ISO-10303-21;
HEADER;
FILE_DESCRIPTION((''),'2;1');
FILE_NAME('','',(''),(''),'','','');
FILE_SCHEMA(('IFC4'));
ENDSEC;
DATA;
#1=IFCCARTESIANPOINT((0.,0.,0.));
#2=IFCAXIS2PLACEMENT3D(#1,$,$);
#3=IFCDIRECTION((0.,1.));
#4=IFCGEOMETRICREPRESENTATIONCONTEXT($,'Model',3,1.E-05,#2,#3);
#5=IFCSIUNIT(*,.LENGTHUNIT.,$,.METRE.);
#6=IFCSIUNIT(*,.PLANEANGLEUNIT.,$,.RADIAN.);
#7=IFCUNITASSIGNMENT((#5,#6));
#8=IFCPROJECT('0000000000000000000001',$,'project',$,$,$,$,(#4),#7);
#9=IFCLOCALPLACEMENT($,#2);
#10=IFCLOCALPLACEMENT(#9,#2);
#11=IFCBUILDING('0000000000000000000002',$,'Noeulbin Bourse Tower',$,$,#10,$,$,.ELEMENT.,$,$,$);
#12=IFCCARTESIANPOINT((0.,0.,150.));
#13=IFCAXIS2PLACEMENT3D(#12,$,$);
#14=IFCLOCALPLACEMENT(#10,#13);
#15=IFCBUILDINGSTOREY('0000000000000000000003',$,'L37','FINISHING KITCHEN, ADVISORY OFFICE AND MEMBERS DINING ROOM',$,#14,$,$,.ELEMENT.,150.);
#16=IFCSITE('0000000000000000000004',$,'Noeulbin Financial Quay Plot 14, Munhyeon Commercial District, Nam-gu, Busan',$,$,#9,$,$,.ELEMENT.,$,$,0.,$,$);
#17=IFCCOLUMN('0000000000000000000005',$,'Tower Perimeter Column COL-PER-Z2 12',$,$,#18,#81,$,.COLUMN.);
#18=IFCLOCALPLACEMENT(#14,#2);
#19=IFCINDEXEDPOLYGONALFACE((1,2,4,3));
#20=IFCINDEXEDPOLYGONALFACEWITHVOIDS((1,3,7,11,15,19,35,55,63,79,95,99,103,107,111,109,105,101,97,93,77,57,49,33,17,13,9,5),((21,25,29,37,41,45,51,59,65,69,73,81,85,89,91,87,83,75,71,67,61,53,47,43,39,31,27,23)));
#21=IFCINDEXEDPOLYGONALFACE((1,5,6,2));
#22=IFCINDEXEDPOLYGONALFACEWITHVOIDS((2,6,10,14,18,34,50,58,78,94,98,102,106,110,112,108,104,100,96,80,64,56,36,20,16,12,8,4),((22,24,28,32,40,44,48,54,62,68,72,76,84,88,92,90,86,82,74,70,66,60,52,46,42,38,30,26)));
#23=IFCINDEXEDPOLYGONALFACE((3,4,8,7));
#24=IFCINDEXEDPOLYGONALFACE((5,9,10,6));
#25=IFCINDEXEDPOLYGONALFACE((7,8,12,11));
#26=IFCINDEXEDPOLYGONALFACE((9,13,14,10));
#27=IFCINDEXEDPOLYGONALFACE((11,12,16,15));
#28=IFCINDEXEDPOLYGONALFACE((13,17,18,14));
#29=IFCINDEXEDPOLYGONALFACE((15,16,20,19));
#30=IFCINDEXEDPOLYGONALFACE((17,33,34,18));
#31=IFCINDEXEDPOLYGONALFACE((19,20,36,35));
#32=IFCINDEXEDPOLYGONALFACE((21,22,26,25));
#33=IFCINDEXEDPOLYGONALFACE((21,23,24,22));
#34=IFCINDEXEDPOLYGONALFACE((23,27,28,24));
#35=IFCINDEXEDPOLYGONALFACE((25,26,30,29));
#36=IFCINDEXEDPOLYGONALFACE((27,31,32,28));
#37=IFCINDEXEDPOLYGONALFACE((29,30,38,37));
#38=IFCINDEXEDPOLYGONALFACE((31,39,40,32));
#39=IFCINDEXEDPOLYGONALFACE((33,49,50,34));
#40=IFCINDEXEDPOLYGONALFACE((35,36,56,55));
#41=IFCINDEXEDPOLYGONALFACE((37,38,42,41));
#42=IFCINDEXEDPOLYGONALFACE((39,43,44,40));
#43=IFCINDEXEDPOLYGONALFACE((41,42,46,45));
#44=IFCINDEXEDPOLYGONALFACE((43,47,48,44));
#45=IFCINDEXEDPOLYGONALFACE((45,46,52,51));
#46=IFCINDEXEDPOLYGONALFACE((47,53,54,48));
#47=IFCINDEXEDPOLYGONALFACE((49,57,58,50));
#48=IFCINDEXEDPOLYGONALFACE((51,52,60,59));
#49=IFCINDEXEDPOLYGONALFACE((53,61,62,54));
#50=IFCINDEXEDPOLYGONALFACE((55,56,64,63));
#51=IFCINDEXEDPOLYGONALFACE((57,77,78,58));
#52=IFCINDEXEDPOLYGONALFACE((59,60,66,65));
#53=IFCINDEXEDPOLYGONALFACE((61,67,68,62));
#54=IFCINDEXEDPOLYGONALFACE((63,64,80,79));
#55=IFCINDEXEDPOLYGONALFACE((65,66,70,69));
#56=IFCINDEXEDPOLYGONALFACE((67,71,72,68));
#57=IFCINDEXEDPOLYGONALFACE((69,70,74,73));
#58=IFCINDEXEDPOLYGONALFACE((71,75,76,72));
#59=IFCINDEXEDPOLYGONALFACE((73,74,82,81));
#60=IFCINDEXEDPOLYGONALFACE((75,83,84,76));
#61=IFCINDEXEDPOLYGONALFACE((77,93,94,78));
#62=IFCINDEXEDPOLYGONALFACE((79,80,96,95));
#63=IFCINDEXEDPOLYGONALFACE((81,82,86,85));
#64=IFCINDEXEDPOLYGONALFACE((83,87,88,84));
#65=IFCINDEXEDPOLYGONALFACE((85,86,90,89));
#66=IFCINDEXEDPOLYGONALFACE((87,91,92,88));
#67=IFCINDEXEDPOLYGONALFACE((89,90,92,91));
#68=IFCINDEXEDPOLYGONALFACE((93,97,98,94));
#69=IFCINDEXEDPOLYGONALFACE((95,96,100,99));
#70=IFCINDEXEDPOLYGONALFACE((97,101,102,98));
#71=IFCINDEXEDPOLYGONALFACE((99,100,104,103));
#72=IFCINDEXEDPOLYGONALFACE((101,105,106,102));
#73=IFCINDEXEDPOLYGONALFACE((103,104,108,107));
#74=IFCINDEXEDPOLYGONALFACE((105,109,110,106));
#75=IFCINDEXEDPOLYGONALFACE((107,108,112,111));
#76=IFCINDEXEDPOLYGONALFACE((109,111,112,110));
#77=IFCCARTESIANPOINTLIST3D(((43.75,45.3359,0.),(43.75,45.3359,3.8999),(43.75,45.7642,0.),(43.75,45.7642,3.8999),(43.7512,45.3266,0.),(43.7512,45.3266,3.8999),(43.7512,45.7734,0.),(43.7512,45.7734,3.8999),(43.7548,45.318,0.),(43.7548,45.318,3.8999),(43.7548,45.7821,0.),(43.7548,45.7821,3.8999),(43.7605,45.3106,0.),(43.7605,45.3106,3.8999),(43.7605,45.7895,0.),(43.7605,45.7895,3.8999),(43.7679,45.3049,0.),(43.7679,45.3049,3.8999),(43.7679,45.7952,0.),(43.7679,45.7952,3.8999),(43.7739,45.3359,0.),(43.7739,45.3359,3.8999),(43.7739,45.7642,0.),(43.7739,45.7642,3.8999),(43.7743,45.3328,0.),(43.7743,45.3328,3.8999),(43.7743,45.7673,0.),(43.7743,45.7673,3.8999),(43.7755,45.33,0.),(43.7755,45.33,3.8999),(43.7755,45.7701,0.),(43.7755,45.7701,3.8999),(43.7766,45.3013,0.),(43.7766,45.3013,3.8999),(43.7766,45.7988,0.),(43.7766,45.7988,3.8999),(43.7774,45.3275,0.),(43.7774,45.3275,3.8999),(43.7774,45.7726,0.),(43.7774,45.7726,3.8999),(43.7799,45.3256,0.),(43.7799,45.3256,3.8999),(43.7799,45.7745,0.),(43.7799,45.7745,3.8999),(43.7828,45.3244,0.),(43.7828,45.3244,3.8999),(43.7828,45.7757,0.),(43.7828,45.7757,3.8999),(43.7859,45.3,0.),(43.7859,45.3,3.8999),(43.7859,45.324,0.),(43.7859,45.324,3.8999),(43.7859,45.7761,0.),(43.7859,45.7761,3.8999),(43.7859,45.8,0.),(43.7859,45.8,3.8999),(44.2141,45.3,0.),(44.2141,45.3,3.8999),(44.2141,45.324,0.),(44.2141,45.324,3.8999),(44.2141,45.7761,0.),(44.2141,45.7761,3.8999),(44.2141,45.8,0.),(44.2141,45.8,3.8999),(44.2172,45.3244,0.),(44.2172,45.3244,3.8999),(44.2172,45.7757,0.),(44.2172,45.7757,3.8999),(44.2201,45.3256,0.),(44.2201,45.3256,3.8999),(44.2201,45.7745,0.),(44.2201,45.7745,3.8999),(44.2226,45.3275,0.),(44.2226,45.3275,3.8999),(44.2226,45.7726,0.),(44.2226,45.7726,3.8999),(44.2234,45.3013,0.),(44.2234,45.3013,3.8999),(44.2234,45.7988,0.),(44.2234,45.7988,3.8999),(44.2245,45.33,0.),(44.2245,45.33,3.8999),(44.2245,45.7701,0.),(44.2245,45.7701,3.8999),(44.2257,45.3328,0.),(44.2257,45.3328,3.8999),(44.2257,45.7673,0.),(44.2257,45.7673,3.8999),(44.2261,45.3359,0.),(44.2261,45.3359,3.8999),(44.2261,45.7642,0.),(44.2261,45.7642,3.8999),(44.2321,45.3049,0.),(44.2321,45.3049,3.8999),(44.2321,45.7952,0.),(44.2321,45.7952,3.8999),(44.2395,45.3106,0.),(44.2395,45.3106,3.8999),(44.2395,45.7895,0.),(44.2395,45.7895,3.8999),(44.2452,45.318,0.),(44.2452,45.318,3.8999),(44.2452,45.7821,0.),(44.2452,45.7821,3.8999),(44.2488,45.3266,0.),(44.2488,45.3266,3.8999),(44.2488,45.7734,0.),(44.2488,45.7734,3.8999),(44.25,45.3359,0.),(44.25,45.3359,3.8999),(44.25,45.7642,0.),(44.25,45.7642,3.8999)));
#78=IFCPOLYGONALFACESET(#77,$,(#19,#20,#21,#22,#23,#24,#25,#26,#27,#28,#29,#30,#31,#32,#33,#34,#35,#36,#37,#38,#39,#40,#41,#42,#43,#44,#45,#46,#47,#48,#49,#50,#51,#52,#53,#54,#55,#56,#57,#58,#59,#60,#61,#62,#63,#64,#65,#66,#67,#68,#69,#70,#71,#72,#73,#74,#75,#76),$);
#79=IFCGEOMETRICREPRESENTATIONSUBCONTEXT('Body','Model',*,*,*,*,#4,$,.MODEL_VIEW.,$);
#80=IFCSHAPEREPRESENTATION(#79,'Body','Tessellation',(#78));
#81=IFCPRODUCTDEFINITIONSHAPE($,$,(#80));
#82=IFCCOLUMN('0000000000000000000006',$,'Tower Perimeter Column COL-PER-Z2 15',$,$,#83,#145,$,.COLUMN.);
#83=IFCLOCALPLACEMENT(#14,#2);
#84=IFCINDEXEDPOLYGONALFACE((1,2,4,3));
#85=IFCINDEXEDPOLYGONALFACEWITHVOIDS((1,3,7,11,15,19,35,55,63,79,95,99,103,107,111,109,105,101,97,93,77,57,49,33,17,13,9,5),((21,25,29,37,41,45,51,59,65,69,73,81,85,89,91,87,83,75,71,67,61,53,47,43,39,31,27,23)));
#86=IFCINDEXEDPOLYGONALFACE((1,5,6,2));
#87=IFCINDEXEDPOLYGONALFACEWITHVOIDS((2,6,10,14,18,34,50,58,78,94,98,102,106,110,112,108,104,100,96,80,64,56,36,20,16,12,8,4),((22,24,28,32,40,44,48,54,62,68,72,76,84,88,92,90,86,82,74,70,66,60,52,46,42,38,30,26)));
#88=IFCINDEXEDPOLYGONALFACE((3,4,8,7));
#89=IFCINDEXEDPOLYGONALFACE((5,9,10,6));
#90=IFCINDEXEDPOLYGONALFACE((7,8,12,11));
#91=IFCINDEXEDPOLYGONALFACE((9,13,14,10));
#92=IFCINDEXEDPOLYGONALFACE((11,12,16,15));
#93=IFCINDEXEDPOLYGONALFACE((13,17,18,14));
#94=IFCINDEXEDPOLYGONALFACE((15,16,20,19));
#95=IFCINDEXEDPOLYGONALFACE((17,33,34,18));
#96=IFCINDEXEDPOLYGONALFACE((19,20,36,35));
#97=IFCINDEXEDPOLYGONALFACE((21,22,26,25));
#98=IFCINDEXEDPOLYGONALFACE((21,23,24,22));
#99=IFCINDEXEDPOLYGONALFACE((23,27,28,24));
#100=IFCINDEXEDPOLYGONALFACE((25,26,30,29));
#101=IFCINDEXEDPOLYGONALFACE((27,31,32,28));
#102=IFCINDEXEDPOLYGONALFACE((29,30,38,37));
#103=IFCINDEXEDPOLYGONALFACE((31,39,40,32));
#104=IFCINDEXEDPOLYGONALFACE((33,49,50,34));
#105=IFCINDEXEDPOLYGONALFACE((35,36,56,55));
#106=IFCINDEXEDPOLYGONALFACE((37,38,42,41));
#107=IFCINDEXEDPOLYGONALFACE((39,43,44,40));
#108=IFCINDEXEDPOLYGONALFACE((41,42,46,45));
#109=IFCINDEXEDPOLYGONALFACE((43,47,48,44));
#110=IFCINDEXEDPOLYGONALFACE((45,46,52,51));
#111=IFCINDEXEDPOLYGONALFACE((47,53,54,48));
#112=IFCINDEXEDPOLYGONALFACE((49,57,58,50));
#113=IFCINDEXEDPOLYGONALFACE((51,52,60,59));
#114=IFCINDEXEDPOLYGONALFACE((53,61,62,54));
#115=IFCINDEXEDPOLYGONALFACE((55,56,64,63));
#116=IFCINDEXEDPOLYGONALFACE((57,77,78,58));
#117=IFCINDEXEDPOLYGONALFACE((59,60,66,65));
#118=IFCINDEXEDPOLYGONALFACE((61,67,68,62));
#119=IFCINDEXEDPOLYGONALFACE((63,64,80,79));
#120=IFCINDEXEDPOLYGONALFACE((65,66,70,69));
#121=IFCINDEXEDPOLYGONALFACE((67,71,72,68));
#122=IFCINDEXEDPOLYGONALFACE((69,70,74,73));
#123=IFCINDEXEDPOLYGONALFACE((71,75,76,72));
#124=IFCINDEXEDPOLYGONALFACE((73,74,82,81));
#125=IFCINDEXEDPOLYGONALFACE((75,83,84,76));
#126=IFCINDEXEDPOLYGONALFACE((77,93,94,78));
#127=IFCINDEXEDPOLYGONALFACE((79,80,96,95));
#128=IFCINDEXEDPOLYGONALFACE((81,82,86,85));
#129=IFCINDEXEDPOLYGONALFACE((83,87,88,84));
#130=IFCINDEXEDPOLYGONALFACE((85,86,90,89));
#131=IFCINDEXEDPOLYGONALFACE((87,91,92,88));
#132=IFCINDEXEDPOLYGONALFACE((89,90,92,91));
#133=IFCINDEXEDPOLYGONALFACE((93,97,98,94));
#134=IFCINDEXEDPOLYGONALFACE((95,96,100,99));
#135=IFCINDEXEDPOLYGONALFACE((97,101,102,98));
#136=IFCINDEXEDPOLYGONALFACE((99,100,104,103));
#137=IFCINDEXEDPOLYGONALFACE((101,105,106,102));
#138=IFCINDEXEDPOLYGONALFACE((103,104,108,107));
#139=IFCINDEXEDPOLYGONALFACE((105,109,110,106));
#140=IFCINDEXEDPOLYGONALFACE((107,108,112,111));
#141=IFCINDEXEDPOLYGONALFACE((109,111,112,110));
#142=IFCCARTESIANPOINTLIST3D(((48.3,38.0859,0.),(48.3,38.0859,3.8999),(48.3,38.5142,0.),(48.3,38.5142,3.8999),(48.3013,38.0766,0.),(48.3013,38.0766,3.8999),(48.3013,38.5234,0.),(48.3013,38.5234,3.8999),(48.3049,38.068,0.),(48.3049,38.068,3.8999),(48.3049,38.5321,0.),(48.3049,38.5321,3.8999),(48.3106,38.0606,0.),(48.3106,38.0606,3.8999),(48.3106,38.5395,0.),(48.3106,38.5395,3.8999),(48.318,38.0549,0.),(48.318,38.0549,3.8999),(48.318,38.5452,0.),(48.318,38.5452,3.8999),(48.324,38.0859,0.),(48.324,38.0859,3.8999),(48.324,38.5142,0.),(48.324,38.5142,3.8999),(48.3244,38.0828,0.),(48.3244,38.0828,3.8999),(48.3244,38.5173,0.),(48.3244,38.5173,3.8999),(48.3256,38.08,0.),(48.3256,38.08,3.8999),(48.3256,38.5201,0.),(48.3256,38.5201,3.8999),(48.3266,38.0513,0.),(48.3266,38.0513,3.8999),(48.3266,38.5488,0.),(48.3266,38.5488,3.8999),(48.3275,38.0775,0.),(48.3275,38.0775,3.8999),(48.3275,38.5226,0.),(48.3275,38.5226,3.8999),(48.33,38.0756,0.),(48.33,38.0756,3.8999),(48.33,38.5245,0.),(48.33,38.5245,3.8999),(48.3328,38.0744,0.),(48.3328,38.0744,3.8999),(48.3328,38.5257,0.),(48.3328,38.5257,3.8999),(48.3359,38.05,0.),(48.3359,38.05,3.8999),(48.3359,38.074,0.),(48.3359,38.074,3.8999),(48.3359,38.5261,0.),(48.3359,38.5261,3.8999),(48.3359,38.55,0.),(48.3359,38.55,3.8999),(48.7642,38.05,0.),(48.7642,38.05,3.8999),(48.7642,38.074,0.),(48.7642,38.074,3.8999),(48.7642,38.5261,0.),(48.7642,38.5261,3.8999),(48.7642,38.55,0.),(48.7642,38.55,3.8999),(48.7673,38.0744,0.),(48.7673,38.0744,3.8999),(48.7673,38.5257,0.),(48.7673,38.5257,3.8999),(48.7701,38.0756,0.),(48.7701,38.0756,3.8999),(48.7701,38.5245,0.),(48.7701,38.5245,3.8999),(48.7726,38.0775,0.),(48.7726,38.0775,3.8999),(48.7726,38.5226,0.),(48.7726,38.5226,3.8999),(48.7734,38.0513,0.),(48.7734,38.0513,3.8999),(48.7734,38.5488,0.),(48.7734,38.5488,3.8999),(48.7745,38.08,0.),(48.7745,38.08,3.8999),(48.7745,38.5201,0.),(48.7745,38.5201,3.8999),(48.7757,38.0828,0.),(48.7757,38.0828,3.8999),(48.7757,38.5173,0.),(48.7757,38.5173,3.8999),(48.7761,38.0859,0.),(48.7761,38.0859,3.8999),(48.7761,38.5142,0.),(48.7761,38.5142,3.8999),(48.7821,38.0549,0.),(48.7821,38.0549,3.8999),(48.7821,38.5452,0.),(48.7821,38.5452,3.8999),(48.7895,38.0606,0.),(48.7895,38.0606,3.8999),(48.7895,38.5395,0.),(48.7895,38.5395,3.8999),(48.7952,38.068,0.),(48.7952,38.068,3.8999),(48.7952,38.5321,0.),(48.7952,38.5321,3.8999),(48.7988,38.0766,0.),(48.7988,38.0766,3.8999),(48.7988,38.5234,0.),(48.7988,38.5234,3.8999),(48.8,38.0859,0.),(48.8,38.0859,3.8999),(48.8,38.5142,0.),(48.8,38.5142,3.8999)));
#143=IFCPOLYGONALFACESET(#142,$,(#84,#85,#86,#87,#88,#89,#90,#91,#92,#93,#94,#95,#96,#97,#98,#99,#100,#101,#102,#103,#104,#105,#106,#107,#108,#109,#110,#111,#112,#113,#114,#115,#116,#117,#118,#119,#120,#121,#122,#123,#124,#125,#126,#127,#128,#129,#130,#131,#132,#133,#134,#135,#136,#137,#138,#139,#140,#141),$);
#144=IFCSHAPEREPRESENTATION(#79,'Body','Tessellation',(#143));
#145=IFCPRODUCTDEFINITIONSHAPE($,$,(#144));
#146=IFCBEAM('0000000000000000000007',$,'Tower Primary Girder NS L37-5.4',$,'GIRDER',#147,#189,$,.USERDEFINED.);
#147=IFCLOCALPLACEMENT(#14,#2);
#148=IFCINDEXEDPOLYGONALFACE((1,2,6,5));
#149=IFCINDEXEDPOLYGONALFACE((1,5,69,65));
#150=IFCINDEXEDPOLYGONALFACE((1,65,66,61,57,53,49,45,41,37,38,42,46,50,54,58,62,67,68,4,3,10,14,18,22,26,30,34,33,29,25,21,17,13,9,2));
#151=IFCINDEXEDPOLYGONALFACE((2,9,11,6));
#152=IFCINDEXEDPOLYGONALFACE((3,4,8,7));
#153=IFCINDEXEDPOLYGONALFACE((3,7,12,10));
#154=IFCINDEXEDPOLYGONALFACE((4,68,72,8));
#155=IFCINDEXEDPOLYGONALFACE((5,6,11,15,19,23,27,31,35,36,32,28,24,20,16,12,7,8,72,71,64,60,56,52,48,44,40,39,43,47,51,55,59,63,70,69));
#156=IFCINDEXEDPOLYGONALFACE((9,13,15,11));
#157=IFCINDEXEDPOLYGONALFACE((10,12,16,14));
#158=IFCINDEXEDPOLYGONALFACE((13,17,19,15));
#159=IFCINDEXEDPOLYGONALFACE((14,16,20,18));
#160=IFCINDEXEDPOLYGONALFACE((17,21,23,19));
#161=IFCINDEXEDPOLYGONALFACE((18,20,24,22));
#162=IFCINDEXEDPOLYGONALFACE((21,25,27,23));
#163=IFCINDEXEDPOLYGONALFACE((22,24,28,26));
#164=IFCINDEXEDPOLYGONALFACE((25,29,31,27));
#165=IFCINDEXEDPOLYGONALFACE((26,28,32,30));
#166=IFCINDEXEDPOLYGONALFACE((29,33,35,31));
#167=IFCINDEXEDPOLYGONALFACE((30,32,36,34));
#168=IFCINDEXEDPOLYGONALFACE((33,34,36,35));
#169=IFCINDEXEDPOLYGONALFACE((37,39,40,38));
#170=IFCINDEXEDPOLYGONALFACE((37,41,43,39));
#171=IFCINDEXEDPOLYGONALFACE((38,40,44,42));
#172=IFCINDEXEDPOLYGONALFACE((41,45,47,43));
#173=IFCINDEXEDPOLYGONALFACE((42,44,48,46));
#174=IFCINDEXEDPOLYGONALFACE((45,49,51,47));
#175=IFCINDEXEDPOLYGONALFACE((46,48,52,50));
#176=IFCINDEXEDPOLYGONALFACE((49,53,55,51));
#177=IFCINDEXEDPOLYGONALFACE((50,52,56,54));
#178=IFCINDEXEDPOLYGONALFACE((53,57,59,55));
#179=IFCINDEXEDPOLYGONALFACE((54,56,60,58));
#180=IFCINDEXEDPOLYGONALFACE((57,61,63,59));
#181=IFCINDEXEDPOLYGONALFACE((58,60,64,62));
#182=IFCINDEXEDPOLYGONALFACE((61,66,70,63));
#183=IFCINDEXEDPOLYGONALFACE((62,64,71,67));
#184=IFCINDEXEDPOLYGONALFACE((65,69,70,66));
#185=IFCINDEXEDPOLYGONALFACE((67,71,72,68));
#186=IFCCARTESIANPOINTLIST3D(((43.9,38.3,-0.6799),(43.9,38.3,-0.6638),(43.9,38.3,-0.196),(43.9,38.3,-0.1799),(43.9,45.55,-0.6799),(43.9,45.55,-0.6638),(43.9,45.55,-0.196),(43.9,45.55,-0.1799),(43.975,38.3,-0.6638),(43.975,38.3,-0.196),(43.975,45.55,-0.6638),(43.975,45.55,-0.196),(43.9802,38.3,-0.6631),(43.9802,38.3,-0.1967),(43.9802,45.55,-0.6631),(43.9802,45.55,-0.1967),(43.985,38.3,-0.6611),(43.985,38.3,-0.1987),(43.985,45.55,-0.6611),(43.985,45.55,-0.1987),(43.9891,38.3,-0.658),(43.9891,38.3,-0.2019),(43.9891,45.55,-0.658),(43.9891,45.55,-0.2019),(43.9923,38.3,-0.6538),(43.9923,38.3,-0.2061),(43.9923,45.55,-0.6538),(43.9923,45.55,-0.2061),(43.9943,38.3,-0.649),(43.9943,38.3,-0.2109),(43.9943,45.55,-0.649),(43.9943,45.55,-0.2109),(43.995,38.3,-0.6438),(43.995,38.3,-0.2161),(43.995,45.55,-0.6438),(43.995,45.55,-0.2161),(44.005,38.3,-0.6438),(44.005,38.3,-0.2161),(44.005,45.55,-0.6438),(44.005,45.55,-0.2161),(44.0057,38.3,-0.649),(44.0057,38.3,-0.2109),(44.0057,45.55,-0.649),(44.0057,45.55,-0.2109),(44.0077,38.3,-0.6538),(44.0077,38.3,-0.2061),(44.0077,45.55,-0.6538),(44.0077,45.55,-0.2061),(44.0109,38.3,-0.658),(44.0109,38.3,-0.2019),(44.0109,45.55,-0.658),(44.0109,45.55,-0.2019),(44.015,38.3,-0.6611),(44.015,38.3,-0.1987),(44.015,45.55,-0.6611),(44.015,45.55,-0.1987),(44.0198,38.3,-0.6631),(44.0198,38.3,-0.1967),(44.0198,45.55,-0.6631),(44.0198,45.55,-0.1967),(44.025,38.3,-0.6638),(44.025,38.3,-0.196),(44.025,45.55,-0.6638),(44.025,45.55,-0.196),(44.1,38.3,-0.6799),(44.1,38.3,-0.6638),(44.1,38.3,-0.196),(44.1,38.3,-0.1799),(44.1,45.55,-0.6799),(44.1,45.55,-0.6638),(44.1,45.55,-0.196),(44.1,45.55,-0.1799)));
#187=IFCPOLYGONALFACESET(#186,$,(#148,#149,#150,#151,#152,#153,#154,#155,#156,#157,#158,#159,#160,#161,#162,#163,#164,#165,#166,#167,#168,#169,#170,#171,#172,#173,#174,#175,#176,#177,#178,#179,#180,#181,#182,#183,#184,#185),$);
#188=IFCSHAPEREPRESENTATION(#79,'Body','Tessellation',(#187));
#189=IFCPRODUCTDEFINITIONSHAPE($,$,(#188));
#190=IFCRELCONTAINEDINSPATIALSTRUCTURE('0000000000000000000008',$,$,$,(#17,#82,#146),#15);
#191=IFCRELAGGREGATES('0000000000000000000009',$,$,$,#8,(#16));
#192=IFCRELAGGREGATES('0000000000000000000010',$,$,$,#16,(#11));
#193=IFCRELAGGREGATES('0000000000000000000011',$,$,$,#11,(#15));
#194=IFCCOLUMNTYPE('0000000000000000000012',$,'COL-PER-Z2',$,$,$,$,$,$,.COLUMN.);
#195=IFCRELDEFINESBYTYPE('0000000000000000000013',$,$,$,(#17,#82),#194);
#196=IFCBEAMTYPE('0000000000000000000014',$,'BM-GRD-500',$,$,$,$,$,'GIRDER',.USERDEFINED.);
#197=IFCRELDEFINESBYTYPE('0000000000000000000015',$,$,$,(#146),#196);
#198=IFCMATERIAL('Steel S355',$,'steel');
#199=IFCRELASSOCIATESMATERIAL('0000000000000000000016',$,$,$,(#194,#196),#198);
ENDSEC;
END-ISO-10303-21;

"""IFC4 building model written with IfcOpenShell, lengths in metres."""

from ifc_helpers import new_model, si_unit, direction, frame, origin, origin_2d, place, context, subcontext, project, spatial, hollow_rectangle, i_section, extrude, material, material_profile, profile_set, type_object, element, save


model = new_model("IFC4")

# Units and contexts
model_context = context("Model", 3, precision=1e-05, world=origin(), true_north=direction((0.0, 1.0)))
body_context = subcontext(model_context, "Body", "Model", "MODEL_VIEW")
ifc_project = project(units=[si_unit("LENGTHUNIT", "METRE"), si_unit("PLANEANGLEUNIT", "RADIAN")], contexts=[model_context])

# Site, building, storey
site_placement = place(None, origin())
site = spatial("IfcSite", under=ifc_project, at=site_placement, Name="Noeulbin Financial Quay Plot 14, Munhyeon Commercial District, Nam-gu, Busan", CompositionType="ELEMENT", RefElevation=0.0)
building_placement = place(site_placement, origin())
building = spatial("IfcBuilding", under=site, at=building_placement, Name="Noeulbin Bourse Tower", CompositionType="ELEMENT")
storey_placement = place(building_placement, frame((0.0, 0.0, 150.0)))
storey = spatial("IfcBuildingStorey", under=building, at=storey_placement, Name="L37", Description="FINISHING KITCHEN, ADVISORY OFFICE AND MEMBERS DINING ROOM", CompositionType="ELEMENT", Elevation=150.0)

# Columns
ifc_material_1 = material(Name="Steel S355", Category="steel")
ifc_material_profile_1 = material_profile(ifc_material_1, hollow_rectangle(XDim=0.5, YDim=0.5, WallThickness=0.0239, InnerFilletRadius=0.012, OuterFilletRadius=0.0359, at=origin_2d()), Name="BOX-500x500x24", Category="LoadBearing")
ifc_profile_set_1 = profile_set([ifc_material_profile_1], Name="Steel S355")
column_type = type_object("IfcColumnType", Name="COL-PER-Z2", PredefinedType="COLUMN", material=ifc_profile_set_1)
for number, where, z_axis, x_axis, name in (
    (1, (44.0, 45.55, 0.0), (0.0, 0.0, 1.0), (1.0, 0.0, 0.0), "Tower Perimeter Column COL-PER-Z2 12"),
    (2, (48.55, 38.3, 0.0), (0.0, 0.0, 1.0), (1.0, 0.0, 0.0), "Tower Perimeter Column COL-PER-Z2 15"),
):
    element("IfcColumn", number, at=place(storey_placement, frame(where, z_axis=z_axis, x_axis=x_axis)), inside=storey, type_object=column_type, Name=name, PredefinedType="COLUMN", context=body_context, shape_type="SweptSolid", body=[
        extrude(hollow_rectangle(XDim=0.5, YDim=0.5, WallThickness=0.0239, InnerFilletRadius=0.012, OuterFilletRadius=0.0359, at=origin_2d()), origin(), (0.0, 0.0, 1.0), 3.8999),
    ])

# Beam
ifc_material_profile_2 = material_profile(ifc_material_1, i_section(OverallWidth=0.2, OverallDepth=0.5, WebThickness=0.01, FlangeThickness=0.0161, FilletRadius=0.02, at=origin_2d()), Name="H-500x200x10x16", Category="LoadBearing")
ifc_profile_set_2 = profile_set([ifc_material_profile_2], Name="Steel S355")
beam_type_1 = type_object("IfcBeamType", Name="BM-GRD-500", ElementType="GIRDER", PredefinedType="USERDEFINED", material=ifc_profile_set_2)
beam_placement = place(storey_placement, frame((44.0, 38.3, -0.4299), z_axis=(0.0, 1.0, 0.0), x_axis=(-1.0, 0.0, 0.0)))
element("IfcBeam", 3, at=beam_placement, inside=storey, type_object=beam_type_1, Name="Tower Primary Girder NS L37-5.4", ObjectType="GIRDER", PredefinedType="USERDEFINED", context=body_context, shape_type="SweptSolid", body=[
    extrude(i_section(OverallWidth=0.2, OverallDepth=0.5, WebThickness=0.01, FlangeThickness=0.0161, FilletRadius=0.02, at=origin_2d()), origin(), (0.0, 0.0, 1.0), 7.25),
])

save(model, "model.ifc")
